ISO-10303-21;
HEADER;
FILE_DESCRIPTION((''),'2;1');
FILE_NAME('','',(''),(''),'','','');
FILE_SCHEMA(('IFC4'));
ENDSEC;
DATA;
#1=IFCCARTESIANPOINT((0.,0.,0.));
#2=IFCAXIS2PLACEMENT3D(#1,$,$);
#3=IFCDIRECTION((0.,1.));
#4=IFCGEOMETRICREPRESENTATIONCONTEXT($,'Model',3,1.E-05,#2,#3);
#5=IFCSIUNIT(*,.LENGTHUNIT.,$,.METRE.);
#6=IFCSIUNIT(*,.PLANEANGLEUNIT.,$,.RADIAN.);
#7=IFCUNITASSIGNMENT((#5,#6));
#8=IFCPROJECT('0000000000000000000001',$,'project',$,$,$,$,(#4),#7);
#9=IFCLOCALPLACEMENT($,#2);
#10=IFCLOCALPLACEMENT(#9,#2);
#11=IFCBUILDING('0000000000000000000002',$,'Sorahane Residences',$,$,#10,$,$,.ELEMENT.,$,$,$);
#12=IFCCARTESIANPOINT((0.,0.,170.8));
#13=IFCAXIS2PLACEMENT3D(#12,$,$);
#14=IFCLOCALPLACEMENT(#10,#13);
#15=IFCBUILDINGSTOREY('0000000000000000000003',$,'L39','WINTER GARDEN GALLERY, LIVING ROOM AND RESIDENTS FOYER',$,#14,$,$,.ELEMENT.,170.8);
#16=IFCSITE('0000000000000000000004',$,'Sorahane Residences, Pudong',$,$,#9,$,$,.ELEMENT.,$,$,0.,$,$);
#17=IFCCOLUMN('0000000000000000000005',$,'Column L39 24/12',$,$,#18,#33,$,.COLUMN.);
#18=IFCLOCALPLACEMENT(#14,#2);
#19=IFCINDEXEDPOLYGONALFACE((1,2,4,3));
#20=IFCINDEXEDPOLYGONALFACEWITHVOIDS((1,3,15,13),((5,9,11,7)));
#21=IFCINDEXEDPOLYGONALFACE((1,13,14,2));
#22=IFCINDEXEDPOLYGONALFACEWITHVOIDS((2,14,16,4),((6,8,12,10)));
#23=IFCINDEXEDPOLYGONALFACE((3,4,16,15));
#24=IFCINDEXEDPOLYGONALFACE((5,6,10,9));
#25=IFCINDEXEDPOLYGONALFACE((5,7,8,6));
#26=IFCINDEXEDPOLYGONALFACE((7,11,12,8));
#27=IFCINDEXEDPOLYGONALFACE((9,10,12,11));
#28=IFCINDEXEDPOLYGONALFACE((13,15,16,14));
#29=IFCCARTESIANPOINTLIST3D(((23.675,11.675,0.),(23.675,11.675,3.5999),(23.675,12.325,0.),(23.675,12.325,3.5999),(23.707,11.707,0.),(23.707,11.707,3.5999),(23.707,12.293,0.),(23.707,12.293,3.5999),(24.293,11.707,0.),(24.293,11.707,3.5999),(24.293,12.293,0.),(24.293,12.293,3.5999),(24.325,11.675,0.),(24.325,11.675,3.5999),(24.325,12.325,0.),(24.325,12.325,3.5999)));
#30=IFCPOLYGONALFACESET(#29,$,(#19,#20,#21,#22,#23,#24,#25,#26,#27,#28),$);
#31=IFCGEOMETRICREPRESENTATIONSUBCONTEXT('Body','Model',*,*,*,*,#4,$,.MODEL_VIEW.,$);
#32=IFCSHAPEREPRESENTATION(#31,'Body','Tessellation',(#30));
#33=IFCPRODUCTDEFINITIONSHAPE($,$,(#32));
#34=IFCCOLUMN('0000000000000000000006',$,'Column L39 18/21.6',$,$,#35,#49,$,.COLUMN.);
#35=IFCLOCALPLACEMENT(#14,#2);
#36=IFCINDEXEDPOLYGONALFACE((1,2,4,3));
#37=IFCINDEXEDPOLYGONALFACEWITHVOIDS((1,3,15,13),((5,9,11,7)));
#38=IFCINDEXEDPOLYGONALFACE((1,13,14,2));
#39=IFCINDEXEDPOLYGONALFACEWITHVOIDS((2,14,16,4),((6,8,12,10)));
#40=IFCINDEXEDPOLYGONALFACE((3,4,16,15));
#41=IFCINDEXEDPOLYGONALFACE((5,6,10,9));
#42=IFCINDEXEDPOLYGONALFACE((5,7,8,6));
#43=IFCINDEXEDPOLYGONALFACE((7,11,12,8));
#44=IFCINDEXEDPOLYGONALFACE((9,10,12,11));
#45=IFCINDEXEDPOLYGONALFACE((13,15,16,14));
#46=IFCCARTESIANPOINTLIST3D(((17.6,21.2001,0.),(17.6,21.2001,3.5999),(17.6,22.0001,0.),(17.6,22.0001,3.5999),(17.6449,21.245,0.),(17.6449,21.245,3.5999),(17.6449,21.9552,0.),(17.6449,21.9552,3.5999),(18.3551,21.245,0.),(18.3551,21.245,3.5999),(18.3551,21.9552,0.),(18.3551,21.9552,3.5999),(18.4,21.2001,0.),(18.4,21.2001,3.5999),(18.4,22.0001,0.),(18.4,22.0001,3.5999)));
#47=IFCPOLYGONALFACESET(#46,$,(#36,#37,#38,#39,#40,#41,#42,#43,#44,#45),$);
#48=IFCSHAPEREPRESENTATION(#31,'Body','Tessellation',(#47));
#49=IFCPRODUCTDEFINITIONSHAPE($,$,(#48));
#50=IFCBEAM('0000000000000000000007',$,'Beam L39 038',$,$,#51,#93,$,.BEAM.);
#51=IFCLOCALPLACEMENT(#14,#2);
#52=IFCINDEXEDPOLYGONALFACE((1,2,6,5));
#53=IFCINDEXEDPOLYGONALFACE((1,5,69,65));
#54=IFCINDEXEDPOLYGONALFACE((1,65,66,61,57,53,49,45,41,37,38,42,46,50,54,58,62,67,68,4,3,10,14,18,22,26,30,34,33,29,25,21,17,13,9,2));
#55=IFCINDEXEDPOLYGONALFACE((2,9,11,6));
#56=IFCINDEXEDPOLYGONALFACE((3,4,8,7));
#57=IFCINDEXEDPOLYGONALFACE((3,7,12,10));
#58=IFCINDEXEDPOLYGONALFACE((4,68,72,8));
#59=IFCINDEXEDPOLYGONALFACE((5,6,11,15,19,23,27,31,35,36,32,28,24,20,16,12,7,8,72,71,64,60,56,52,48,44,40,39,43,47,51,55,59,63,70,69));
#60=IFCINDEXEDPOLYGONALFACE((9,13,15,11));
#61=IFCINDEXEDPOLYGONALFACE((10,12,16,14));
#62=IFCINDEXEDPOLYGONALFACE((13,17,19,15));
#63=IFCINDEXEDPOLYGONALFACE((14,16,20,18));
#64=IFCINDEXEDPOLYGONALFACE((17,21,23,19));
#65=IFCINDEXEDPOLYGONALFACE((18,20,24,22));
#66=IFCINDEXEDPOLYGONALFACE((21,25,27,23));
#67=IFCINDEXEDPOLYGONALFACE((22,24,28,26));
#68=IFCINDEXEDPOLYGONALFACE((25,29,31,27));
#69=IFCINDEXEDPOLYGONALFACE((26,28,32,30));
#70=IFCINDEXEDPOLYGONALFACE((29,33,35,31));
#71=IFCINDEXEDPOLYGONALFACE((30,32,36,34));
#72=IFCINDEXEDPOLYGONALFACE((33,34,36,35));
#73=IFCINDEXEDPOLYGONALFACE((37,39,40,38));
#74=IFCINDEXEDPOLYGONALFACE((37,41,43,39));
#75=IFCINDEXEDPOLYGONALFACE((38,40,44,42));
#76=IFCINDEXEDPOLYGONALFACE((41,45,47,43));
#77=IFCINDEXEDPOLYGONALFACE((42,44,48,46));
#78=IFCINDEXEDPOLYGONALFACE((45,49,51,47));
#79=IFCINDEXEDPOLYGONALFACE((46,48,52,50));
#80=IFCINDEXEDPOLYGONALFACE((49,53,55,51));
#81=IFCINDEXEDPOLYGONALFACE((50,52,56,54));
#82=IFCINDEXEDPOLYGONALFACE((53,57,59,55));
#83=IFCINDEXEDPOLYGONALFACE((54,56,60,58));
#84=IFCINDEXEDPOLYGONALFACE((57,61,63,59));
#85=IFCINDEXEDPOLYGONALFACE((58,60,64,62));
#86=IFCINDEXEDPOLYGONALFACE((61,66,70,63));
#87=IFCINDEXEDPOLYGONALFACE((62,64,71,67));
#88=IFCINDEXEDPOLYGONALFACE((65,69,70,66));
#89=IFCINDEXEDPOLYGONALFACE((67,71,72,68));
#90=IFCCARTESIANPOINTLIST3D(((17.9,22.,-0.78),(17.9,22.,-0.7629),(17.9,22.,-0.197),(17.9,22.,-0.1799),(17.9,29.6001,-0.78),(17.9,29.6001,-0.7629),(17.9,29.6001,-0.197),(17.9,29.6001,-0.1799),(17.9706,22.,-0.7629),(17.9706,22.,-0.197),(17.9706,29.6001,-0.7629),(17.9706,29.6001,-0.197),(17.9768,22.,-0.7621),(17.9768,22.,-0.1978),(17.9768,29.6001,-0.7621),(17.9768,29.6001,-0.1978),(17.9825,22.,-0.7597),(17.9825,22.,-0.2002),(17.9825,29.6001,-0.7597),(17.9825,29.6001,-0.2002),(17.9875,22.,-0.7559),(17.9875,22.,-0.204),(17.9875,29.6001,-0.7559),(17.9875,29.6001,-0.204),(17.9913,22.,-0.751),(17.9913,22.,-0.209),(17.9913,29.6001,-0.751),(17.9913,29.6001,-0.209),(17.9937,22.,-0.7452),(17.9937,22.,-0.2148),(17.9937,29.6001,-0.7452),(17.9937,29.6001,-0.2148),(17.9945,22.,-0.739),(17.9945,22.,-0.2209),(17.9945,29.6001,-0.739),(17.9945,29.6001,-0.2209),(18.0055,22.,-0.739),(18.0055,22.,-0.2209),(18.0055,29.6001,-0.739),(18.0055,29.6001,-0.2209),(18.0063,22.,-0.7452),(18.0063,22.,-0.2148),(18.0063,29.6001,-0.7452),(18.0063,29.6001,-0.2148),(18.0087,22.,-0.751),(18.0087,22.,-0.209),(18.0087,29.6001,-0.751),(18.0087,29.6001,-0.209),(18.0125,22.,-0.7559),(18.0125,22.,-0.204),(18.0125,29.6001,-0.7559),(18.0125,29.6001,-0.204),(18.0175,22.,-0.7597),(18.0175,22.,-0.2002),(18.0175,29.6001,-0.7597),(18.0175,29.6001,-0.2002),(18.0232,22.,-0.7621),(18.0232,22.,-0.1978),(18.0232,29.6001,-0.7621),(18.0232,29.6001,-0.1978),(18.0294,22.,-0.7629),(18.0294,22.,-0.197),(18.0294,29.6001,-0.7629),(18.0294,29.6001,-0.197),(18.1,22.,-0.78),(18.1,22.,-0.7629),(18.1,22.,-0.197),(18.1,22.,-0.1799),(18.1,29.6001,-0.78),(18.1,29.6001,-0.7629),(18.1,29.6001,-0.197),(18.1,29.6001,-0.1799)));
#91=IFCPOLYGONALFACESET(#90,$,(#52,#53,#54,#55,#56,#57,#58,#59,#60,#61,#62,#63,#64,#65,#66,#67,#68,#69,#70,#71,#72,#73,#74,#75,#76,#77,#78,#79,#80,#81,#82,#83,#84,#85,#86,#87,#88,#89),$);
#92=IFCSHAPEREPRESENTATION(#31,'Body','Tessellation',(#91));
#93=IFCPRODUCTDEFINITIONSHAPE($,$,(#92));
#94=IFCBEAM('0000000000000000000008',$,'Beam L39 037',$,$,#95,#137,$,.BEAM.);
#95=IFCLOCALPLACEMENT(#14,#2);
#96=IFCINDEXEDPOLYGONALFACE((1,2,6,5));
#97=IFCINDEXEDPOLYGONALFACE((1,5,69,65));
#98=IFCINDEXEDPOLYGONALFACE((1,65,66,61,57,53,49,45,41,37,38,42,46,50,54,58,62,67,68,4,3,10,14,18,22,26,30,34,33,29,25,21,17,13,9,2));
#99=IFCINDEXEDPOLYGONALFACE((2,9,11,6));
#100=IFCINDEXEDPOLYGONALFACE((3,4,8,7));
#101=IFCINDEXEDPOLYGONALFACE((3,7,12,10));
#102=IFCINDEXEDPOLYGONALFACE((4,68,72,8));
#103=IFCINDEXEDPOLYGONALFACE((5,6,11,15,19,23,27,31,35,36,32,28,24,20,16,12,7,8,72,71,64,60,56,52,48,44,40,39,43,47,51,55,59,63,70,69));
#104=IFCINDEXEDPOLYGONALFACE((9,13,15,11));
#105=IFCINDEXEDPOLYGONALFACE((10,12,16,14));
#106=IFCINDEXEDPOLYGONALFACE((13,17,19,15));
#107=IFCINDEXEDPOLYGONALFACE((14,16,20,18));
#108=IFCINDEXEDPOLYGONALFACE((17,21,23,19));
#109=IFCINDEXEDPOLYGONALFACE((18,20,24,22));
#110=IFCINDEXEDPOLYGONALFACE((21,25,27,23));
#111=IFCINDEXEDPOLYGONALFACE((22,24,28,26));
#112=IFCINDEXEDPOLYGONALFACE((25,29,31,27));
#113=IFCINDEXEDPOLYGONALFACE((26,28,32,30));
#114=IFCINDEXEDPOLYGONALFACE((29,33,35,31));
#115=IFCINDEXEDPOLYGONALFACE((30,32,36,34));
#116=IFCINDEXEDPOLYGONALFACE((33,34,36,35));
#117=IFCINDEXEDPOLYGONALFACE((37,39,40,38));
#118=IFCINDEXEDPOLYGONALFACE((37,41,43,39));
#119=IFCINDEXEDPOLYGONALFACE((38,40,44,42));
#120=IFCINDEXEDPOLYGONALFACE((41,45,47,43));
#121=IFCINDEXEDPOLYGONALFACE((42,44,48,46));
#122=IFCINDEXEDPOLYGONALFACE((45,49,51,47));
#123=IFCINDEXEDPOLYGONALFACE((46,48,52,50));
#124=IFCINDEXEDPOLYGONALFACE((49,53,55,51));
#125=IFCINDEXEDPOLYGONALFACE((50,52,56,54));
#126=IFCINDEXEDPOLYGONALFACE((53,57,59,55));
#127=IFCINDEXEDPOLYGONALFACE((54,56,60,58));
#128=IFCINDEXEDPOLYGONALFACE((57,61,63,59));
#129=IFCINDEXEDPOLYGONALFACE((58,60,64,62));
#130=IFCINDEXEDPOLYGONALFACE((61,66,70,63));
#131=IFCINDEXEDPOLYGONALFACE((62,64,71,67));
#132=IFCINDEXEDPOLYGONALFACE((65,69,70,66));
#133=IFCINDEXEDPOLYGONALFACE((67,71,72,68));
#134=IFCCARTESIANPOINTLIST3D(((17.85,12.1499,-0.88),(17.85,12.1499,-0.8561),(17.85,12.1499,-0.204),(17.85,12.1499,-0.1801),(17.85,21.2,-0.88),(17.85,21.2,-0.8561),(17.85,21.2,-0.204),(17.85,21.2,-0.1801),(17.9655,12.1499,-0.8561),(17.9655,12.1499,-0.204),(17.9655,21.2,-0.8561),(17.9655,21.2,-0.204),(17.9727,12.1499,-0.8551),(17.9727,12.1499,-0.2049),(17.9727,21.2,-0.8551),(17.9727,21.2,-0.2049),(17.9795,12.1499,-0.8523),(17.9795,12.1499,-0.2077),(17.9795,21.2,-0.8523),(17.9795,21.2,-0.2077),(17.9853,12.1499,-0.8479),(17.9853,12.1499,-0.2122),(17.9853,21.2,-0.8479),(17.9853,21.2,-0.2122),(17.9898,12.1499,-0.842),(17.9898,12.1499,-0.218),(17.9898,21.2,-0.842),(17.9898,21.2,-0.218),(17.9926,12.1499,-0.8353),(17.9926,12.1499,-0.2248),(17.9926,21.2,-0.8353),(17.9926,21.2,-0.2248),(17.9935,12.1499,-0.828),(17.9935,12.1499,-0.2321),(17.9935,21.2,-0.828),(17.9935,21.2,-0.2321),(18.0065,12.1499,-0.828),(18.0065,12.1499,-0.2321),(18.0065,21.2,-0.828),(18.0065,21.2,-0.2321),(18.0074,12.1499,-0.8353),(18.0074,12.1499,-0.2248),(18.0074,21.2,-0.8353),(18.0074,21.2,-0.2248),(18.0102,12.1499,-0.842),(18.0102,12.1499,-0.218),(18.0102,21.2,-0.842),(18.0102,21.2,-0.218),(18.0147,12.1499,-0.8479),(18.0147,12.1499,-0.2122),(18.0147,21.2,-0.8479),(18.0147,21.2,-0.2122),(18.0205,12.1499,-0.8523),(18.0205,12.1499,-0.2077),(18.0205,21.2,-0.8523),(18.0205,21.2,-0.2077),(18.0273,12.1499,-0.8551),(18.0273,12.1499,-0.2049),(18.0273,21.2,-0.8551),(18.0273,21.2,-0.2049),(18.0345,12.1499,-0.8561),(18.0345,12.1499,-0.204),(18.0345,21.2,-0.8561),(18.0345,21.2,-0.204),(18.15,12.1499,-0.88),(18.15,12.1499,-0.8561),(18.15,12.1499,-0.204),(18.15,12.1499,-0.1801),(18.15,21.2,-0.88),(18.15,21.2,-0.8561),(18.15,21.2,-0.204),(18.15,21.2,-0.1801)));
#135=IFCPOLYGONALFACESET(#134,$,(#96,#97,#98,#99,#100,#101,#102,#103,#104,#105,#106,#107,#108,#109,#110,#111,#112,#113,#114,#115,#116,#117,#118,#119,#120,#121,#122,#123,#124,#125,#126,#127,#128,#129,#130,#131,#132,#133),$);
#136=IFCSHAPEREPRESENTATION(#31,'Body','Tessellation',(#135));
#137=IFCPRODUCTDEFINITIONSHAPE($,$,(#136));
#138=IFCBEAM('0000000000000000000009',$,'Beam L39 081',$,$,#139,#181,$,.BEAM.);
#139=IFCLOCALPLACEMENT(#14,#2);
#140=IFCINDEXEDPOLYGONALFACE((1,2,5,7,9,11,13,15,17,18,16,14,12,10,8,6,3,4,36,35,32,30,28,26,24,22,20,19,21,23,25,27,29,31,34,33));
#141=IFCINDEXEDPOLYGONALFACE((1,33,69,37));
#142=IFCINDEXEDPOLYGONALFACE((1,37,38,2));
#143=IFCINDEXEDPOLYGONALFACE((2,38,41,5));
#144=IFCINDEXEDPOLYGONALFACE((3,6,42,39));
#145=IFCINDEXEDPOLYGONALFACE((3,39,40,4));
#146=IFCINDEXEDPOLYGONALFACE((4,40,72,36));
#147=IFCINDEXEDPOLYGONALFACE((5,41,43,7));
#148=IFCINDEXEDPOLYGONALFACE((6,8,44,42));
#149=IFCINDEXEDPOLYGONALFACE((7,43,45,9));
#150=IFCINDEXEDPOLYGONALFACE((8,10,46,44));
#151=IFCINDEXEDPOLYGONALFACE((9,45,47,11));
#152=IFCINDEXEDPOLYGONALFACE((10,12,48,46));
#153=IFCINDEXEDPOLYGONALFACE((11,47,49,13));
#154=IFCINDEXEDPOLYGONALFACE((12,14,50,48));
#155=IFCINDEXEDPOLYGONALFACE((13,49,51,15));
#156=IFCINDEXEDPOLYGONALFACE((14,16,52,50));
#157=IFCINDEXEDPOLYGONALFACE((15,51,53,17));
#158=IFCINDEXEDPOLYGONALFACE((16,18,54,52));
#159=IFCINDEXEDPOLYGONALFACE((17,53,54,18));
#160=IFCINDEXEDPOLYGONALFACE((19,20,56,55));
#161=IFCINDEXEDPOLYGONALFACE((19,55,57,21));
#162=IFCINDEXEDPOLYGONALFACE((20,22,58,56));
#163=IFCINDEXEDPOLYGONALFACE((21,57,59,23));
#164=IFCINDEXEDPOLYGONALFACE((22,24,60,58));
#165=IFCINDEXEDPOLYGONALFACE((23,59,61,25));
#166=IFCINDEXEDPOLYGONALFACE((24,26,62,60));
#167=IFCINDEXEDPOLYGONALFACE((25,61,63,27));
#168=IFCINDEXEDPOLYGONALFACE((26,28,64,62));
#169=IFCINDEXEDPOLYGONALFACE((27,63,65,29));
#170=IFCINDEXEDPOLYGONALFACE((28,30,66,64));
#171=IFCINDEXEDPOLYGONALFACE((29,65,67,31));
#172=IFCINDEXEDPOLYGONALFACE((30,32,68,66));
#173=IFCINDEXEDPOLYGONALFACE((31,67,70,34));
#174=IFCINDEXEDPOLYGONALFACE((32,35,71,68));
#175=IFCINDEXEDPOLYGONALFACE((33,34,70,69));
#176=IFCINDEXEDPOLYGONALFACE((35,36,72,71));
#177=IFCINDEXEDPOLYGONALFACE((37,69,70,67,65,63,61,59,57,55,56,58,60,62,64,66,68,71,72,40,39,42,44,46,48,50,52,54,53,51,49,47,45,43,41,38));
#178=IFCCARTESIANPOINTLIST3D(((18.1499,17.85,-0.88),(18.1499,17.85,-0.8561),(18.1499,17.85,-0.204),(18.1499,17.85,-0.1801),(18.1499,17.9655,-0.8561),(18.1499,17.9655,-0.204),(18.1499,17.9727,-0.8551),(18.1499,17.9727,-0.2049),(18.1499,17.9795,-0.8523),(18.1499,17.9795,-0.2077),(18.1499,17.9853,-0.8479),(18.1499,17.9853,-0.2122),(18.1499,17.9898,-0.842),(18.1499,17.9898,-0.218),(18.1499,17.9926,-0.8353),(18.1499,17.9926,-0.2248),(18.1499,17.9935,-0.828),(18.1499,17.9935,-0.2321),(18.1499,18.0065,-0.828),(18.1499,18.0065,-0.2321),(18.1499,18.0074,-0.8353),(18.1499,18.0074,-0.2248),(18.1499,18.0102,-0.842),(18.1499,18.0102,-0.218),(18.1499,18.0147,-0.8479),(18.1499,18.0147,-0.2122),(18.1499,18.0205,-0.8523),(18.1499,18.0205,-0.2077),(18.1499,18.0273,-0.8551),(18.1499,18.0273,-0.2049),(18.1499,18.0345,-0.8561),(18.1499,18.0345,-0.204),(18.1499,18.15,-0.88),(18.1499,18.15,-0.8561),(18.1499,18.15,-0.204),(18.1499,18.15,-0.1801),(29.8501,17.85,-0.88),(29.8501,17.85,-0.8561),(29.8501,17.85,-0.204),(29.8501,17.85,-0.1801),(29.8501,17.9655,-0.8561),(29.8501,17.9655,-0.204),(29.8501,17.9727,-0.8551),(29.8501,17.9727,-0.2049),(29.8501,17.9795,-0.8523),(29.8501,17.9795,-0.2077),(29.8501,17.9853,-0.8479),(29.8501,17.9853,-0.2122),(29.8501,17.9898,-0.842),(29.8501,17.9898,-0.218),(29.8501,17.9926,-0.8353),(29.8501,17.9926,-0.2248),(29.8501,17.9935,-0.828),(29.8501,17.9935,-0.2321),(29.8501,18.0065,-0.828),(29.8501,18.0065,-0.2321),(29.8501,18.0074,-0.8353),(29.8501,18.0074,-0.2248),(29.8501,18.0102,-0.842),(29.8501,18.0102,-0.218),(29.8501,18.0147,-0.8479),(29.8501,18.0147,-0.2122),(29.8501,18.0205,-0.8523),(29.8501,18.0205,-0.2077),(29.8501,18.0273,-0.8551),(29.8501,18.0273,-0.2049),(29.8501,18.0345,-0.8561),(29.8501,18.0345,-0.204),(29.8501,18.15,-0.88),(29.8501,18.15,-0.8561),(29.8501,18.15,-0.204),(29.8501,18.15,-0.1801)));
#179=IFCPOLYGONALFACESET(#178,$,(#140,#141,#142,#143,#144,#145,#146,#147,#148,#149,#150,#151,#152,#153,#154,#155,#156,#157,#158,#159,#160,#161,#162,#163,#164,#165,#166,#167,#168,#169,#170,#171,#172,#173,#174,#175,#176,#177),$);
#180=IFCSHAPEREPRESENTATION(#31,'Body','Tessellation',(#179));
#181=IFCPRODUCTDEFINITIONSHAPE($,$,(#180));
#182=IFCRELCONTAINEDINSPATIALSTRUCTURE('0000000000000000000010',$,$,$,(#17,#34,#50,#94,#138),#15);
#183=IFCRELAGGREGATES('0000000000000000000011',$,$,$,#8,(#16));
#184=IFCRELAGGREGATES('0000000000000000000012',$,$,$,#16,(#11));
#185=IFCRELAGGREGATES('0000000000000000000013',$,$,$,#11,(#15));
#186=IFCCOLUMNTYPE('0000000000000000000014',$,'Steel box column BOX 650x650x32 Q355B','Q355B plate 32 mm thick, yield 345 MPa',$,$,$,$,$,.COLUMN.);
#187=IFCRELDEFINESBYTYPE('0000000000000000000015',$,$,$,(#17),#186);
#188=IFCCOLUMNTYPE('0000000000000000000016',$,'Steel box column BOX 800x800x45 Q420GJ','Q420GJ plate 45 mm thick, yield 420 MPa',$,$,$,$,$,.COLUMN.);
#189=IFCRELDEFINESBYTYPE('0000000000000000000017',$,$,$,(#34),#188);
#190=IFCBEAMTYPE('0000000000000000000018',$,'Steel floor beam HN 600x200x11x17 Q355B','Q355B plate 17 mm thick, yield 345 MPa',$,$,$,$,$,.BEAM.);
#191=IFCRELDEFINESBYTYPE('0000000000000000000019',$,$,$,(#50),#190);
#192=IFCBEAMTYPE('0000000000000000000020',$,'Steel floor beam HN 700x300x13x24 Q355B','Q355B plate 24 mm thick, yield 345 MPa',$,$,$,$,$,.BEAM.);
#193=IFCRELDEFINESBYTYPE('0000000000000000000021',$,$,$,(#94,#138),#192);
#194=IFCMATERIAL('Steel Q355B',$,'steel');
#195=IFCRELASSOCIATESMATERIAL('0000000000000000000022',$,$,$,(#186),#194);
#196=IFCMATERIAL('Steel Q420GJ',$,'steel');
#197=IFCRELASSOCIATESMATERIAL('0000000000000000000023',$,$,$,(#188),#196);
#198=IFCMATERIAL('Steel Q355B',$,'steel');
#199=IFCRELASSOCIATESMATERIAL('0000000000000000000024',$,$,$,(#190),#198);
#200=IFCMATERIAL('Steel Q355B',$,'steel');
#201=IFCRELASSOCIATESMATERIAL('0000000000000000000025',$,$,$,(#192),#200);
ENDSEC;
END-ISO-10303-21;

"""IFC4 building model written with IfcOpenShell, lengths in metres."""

from ifc_helpers import new_model, si_unit, direction, frame, origin, origin_2d, place, context, subcontext, project, spatial, hollow_rectangle, i_section, extrude, material, material_profile, profile_set, type_object, element, save


model = new_model("IFC4")

# Units and contexts
model_context = context("Model", 3, precision=1e-05, world=origin(), true_north=direction((0.0, 1.0)))
body_context = subcontext(model_context, "Body", "Model", "MODEL_VIEW")
ifc_project = project(units=[si_unit("LENGTHUNIT", "METRE"), si_unit("PLANEANGLEUNIT", "RADIAN")], contexts=[model_context])

# Site, building, storey
site_placement = place(None, origin())
site = spatial("IfcSite", under=ifc_project, at=site_placement, Name="Sorahane Residences, Pudong", CompositionType="ELEMENT", RefElevation=0.0)
building_placement = place(site_placement, origin())
building = spatial("IfcBuilding", under=site, at=building_placement, Name="Sorahane Residences", CompositionType="ELEMENT")
storey_placement = place(building_placement, frame((0.0, 0.0, 170.8)))
storey = spatial("IfcBuildingStorey", under=building, at=storey_placement, Name="L39", Description="WINTER GARDEN GALLERY, LIVING ROOM AND RESIDENTS FOYER", CompositionType="ELEMENT", Elevation=170.8)

# Columns
ifc_material_1 = material(Name="Steel Q355B", Category="steel")
ifc_material_profile_1 = material_profile(ifc_material_1, hollow_rectangle(XDim=0.6499, YDim=0.6499, WallThickness=0.032, at=origin_2d()), Name="BOX 650x650x32")
ifc_profile_set_1 = profile_set([ifc_material_profile_1], Name="Steel Q355B")
column_type_1 = type_object("IfcColumnType", Name="Steel box column BOX 650x650x32 Q355B", Description="Q355B plate 32 mm thick, yield 345 MPa", PredefinedType="COLUMN", material=ifc_profile_set_1)
column_1_placement = place(storey_placement, frame((24.0, 12.0, 0.0), z_axis=(0.0, 0.0, 1.0), x_axis=(1.0, 0.0, 0.0)))
element("IfcColumn", 1, at=column_1_placement, inside=storey, type_object=column_type_1, Name="Column L39 24/12", PredefinedType="COLUMN", context=body_context, shape_type="SweptSolid", body=[
    extrude(hollow_rectangle(XDim=0.6499, YDim=0.6499, WallThickness=0.032, at=origin_2d()), origin(), (0.0, 0.0, 1.0), 3.5999),
])
ifc_material_2 = material(Name="Steel Q420GJ", Category="steel")
ifc_material_profile_2 = material_profile(ifc_material_2, hollow_rectangle(XDim=0.8, YDim=0.8, WallThickness=0.0449, at=origin_2d()), Name="BOX 800x800x45")
ifc_profile_set_2 = profile_set([ifc_material_profile_2], Name="Steel Q420GJ")
column_type_2 = type_object("IfcColumnType", Name="Steel box column BOX 800x800x45 Q420GJ", Description="Q420GJ plate 45 mm thick, yield 420 MPa", PredefinedType="COLUMN", material=ifc_profile_set_2)
column_2_placement = place(storey_placement, frame((18.0, 21.6001, 0.0), z_axis=(0.0, 0.0, 1.0), x_axis=(1.0, 0.0, 0.0)))
element("IfcColumn", 2, at=column_2_placement, inside=storey, type_object=column_type_2, Name="Column L39 18/21.6", PredefinedType="COLUMN", context=body_context, shape_type="SweptSolid", body=[
    extrude(hollow_rectangle(XDim=0.8, YDim=0.8, WallThickness=0.0449, at=origin_2d()), origin(), (0.0, 0.0, 1.0), 3.5999),
])

# Beams
ifc_material_3 = material(Name="Steel Q355B", Category="steel")
ifc_material_profile_3 = material_profile(ifc_material_3, i_section(OverallWidth=0.2, OverallDepth=0.6001, WebThickness=0.011, FlangeThickness=0.0171, FilletRadius=0.0239, at=origin_2d()), Name="HN 600x200x11x17")
ifc_profile_set_3 = profile_set([ifc_material_profile_3], Name="Steel Q355B")
beam_type_1 = type_object("IfcBeamType", Name="Steel floor beam HN 600x200x11x17 Q355B", Description="Q355B plate 17 mm thick, yield 345 MPa", PredefinedType="BEAM", material=ifc_profile_set_3)
beam_1_placement = place(storey_placement, frame((18.0, 22.0, -0.48), z_axis=(0.0, 1.0, 0.0), x_axis=(-1.0, 0.0, 0.0)))
element("IfcBeam", 3, at=beam_1_placement, inside=storey, type_object=beam_type_1, Name="Beam L39 038", PredefinedType="BEAM", context=body_context, shape_type="SweptSolid", body=[
    extrude(i_section(OverallWidth=0.2, OverallDepth=0.6001, WebThickness=0.011, FlangeThickness=0.0171, FilletRadius=0.0239, at=origin_2d()), origin(), (0.0, 0.0, 1.0), 7.6001),
])
ifc_material_4 = material(Name="Steel Q355B", Category="steel")
ifc_material_profile_4 = material_profile(ifc_material_4, i_section(OverallWidth=0.3, OverallDepth=0.7, WebThickness=0.0129, FlangeThickness=0.0239, FilletRadius=0.0281, at=origin_2d()), Name="HN 700x300x13x24")
ifc_profile_set_4 = profile_set([ifc_material_profile_4], Name="Steel Q355B")
beam_type_2 = type_object("IfcBeamType", Name="Steel floor beam HN 700x300x13x24 Q355B", Description="Q355B plate 24 mm thick, yield 345 MPa", PredefinedType="BEAM", material=ifc_profile_set_4)
beam_2_placement = place(storey_placement, frame((18.0, 12.1499, -0.53), z_axis=(0.0, 1.0, 0.0), x_axis=(-1.0, 0.0, 0.0)))
element("IfcBeam", 4, at=beam_2_placement, inside=storey, type_object=beam_type_2, Name="Beam L39 037", PredefinedType="BEAM", context=body_context, shape_type="SweptSolid", body=[
    extrude(i_section(OverallWidth=0.3, OverallDepth=0.7, WebThickness=0.0129, FlangeThickness=0.0239, FilletRadius=0.0281, at=origin_2d()), origin(), (0.0, 0.0, 1.0), 9.05),
])
beam_3_placement = place(storey_placement, frame((18.1499, 18.0, -0.53), z_axis=(1.0, 0.0, 0.0), x_axis=(0.0, 1.0, 0.0)))
element("IfcBeam", 5, at=beam_3_placement, inside=storey, type_object=beam_type_2, Name="Beam L39 081", PredefinedType="BEAM", context=body_context, shape_type="SweptSolid", body=[
    extrude(i_section(OverallWidth=0.3, OverallDepth=0.7, WebThickness=0.0129, FlangeThickness=0.0239, FilletRadius=0.0281, at=origin_2d()), origin(), (0.0, 0.0, 1.0), 11.7002),
])

save(model, "model.ifc")
